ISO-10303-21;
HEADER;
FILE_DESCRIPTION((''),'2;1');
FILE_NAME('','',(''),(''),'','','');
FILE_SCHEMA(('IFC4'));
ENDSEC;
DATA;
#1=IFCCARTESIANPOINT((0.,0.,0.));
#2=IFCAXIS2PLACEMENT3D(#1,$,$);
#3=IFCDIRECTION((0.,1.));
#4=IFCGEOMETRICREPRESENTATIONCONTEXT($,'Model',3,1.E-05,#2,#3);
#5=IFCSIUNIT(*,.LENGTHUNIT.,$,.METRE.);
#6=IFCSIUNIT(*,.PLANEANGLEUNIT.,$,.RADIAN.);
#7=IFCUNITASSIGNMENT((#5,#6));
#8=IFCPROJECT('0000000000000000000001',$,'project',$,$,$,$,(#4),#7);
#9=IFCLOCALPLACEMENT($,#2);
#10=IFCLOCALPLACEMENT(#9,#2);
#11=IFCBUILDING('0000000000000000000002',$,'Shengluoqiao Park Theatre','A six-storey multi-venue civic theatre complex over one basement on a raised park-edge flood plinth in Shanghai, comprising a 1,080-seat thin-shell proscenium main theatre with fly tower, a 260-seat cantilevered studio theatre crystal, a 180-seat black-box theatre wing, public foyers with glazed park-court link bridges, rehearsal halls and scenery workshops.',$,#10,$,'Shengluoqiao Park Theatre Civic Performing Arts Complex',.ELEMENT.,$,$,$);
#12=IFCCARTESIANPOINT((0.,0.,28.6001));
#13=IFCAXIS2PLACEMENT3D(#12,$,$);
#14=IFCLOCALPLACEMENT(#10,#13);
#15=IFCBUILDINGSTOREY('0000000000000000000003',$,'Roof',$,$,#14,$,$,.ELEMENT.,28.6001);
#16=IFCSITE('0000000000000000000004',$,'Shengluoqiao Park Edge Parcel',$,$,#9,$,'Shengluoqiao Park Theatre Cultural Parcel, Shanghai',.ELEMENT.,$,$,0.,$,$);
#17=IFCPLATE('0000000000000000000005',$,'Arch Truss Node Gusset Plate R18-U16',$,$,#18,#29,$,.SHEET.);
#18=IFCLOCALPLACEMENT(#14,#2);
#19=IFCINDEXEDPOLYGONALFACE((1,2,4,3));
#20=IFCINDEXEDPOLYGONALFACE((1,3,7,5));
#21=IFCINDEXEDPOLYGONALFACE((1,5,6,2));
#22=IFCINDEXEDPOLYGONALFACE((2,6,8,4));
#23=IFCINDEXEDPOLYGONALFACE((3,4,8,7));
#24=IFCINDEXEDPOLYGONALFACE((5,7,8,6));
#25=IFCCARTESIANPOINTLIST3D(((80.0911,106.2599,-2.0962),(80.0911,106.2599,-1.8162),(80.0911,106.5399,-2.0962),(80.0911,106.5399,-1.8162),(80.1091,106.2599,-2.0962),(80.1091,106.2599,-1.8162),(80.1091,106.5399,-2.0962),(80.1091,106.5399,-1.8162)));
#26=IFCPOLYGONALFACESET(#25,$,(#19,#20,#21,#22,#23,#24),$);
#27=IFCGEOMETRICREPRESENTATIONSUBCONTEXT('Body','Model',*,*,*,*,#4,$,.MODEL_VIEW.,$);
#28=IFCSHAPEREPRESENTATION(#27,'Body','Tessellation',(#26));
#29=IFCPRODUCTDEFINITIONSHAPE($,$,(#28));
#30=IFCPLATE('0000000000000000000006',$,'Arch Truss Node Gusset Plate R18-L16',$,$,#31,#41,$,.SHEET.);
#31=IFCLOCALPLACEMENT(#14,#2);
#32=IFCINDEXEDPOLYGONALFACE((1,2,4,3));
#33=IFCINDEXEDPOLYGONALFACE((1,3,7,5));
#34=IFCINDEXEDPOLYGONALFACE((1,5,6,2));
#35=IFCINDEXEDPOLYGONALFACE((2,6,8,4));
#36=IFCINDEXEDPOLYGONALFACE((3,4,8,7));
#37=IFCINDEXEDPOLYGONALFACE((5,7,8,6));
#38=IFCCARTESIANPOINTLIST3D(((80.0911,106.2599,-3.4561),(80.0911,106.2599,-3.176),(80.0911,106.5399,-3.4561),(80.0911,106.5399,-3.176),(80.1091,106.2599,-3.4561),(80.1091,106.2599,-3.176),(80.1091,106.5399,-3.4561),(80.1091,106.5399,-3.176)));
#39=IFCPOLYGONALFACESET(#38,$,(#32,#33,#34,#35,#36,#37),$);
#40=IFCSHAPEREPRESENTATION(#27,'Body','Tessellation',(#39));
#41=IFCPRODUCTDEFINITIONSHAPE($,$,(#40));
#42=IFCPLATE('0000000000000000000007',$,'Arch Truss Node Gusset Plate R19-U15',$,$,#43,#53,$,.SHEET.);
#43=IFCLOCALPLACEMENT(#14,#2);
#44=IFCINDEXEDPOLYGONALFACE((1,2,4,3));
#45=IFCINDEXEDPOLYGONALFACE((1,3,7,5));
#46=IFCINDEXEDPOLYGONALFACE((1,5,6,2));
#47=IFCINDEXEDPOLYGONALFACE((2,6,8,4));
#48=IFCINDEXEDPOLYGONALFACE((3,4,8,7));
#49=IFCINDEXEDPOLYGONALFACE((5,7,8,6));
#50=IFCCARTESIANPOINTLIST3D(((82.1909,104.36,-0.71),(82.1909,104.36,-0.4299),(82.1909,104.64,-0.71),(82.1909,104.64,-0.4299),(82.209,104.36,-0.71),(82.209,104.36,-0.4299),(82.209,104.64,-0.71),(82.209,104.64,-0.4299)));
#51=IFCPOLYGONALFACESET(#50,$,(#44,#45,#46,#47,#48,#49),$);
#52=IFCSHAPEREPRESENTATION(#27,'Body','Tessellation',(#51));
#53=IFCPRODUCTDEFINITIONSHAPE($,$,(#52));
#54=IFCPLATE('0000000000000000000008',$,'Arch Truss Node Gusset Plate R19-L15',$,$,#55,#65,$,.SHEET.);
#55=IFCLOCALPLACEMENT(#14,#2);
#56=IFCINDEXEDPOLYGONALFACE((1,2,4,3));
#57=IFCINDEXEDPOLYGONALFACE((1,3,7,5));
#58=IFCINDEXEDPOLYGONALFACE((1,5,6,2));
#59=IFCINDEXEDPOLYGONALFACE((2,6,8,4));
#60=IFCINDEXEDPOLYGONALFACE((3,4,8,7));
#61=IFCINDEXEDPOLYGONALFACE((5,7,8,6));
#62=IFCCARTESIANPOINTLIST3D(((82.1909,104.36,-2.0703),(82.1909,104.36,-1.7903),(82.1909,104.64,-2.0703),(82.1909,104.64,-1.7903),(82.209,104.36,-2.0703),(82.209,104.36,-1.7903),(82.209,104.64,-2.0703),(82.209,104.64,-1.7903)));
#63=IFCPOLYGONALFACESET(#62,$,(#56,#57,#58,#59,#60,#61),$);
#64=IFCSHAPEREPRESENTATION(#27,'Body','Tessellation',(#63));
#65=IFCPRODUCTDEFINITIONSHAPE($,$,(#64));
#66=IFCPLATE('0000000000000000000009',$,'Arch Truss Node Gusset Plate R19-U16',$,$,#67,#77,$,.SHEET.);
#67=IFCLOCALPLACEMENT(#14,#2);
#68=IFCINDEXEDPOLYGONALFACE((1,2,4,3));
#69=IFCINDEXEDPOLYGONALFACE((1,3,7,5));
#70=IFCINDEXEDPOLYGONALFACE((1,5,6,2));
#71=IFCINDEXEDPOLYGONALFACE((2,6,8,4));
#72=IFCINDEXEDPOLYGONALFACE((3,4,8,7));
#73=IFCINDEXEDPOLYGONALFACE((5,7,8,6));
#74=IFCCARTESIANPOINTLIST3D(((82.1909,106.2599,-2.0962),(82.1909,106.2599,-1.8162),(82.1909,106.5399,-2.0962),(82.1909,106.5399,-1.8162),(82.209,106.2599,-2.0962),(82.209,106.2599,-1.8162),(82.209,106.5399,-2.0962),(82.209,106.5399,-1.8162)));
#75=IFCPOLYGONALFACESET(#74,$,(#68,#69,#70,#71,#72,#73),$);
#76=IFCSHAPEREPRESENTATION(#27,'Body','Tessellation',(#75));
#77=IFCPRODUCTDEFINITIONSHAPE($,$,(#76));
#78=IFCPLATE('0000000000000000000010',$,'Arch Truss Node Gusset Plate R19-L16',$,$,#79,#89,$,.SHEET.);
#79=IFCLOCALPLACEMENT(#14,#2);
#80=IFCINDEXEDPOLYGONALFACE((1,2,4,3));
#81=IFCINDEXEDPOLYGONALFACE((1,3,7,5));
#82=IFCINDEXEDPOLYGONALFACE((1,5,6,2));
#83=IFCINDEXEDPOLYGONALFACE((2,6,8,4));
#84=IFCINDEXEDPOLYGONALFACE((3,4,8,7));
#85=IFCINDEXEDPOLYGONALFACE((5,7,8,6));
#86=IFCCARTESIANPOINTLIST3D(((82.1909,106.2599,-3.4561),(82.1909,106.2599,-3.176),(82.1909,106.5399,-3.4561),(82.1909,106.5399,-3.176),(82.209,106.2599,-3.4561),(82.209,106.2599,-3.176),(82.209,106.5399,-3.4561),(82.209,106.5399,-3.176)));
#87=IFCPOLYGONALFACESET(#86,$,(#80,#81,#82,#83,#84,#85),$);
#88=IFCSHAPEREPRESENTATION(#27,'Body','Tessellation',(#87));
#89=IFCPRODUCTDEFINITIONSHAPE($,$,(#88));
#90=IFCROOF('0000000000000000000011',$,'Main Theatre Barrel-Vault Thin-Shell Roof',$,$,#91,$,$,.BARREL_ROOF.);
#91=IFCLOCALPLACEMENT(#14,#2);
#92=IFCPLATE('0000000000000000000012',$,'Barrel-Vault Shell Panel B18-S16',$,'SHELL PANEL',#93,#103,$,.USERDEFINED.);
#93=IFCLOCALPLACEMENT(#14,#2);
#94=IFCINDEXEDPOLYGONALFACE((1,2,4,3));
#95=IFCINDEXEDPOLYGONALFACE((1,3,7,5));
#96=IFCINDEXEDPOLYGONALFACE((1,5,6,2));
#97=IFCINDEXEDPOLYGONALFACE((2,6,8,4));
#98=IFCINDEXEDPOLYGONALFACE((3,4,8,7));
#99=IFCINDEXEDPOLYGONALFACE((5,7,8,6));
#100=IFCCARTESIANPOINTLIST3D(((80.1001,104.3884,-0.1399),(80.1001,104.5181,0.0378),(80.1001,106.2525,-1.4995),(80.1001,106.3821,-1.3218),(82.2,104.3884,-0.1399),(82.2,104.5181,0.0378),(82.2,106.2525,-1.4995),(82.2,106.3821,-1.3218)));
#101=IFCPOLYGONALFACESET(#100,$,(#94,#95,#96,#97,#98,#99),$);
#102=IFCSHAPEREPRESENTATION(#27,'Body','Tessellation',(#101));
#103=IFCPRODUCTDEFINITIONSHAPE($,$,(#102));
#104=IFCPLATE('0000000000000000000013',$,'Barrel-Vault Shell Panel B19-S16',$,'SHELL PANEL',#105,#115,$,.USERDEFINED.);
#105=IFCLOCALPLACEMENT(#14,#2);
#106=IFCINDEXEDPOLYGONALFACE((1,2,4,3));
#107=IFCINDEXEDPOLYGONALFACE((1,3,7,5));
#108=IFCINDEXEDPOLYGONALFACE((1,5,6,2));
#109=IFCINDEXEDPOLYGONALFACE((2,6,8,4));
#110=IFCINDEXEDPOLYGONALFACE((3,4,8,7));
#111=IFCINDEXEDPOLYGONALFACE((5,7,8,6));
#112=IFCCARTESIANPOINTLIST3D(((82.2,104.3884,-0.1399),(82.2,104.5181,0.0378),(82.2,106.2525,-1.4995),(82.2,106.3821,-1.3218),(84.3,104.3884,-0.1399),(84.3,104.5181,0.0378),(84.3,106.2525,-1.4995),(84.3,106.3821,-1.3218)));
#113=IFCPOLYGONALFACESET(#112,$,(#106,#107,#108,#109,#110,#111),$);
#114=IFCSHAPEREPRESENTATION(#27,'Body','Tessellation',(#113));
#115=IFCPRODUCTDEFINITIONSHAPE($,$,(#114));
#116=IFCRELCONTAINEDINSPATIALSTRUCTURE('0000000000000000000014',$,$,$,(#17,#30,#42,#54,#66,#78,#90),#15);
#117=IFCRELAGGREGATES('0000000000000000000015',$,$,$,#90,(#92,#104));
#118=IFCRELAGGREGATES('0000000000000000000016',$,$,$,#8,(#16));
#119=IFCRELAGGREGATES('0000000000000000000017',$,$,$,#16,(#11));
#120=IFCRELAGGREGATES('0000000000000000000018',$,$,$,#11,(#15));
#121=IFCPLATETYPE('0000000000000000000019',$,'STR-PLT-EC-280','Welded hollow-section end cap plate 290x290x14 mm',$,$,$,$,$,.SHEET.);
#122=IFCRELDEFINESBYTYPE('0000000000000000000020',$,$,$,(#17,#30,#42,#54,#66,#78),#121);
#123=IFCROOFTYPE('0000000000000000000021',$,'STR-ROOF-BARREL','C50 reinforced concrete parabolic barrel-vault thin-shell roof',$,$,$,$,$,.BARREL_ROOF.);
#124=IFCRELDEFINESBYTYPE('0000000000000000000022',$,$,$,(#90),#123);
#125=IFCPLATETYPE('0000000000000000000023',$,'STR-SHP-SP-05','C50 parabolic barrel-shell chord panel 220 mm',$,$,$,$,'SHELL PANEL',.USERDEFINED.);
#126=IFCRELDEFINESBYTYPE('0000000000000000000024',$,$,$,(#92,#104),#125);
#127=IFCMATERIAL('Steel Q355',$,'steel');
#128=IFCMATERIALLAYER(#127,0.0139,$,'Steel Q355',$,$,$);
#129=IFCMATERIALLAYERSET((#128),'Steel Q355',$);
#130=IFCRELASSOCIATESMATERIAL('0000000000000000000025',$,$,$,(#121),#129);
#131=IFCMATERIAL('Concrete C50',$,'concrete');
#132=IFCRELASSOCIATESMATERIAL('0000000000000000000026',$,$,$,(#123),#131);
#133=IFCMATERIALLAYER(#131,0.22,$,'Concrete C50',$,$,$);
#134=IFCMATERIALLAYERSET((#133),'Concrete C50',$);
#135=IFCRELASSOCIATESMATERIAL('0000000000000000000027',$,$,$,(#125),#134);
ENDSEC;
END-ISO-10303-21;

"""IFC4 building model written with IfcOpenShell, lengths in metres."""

from ifc_helpers import new_model, si_unit, direction, frame, origin, origin_2d, place, context, subcontext, project, spatial, polyline, rectangle, outline, extrude, material, layer, layer_set, type_object, element, aggregate, save


model = new_model("IFC4")

# Units and contexts
model_context = context("Model", 3, precision=1e-05, world=origin(), true_north=direction((0.0, 1.0)))
body_context = subcontext(model_context, "Body", "Model", "MODEL_VIEW")
ifc_project = project(units=[si_unit("LENGTHUNIT", "METRE"), si_unit("PLANEANGLEUNIT", "RADIAN")], contexts=[model_context])

# Site, building, storey
site_placement = place(None, origin())
site = spatial("IfcSite", under=ifc_project, at=site_placement, Name="Shengluoqiao Park Edge Parcel", LongName="Shengluoqiao Park Theatre Cultural Parcel, Shanghai", CompositionType="ELEMENT", RefElevation=0.0)
building_placement = place(site_placement, origin())
building = spatial("IfcBuilding", under=site, at=building_placement, Name="Shengluoqiao Park Theatre", Description="A six-storey multi-venue civic theatre complex over one basement on a raised park-edge flood plinth in Shanghai, comprising a 1,080-seat thin-shell proscenium main theatre with fly tower, a 260-seat cantilevered studio theatre crystal, a 180-seat black-box theatre wing, public foyers with glazed park-court link bridges, rehearsal halls and scenery workshops.", LongName="Shengluoqiao Park Theatre Civic Performing Arts Complex", CompositionType="ELEMENT")
storey_placement = place(building_placement, frame((0.0, 0.0, 28.6001)))
storey = spatial("IfcBuildingStorey", under=building, at=storey_placement, Name="Roof", CompositionType="ELEMENT", Elevation=28.6001)

# Shared definitions
ifc_material_1 = material(Name="Concrete C50", Category="concrete")
ifc_material_2 = material(Name="Steel Q355", Category="steel")

# Plates
ifc_layer_1 = layer(ifc_material_2, 0.0139, Name="Steel Q355")
ifc_layer_set_1 = layer_set([ifc_layer_1], Name="Steel Q355")
plate_type_1 = type_object("IfcPlateType", Name="STR-PLT-EC-280", Description="Welded hollow-section end cap plate 290x290x14 mm", PredefinedType="SHEET", material=ifc_layer_set_1)
for number, where, z_axis, x_axis, name in (
    (1, (80.1001, 106.3999, -2.0962), (0.0, 0.0, 1.0), (1.0, 0.0, 0.0), "Arch Truss Node Gusset Plate R18-U16"),
    (2, (80.1001, 106.3999, -3.4561), (0.0, 0.0, 1.0), (1.0, 0.0, 0.0), "Arch Truss Node Gusset Plate R18-L16"),
    (3, (82.2, 104.5, -0.71), (0.0, 0.0, 1.0), (1.0, 0.0, 0.0), "Arch Truss Node Gusset Plate R19-U15"),
    (4, (82.2, 104.5, -2.0703), (0.0, 0.0, 1.0), (1.0, 0.0, 0.0), "Arch Truss Node Gusset Plate R19-L15"),
    (5, (82.2, 106.3999, -2.0962), (0.0, 0.0, 1.0), (1.0, 0.0, 0.0), "Arch Truss Node Gusset Plate R19-U16"),
    (6, (82.2, 106.3999, -3.4561), (0.0, 0.0, 1.0), (1.0, 0.0, 0.0), "Arch Truss Node Gusset Plate R19-L16"),
):
    element("IfcPlate", number, at=place(storey_placement, frame(where, z_axis=z_axis, x_axis=x_axis)), inside=storey, type_object=plate_type_1, Name=name, PredefinedType="SHEET", context=body_context, shape_type="SweptSolid", body=[
        extrude(rectangle(XDim=0.0181, YDim=0.28, at=origin_2d()), origin(), (0.0, 0.0, 1.0), 0.28),
    ])

# Roof, plates
roof_type = type_object("IfcRoofType", Name="STR-ROOF-BARREL", Description="C50 reinforced concrete parabolic barrel-vault thin-shell roof", PredefinedType="BARREL_ROOF", material=ifc_material_1)
roof_placement = place(storey_placement, origin())
roof = element("IfcRoof", 7, at=roof_placement, inside=storey, type_object=roof_type, Name="Main Theatre Barrel-Vault Thin-Shell Roof", PredefinedType="BARREL_ROOF")
ifc_layer_2 = layer(ifc_material_1, 0.22, Name="Concrete C50")
ifc_layer_set_2 = layer_set([ifc_layer_2], Name="Concrete C50")
plate_type_2 = type_object("IfcPlateType", Name="STR-SHP-SP-05", Description="C50 parabolic barrel-shell chord panel 220 mm", ElementType="SHELL PANEL", PredefinedType="USERDEFINED", material=ifc_layer_set_2)
plate_1_placement = place(storey_placement, frame((80.1001, 104.5181, 0.0378), z_axis=(0.0, 0.589297, 0.807916), x_axis=(1.0, 0.0, 0.0)))
plate_1 = element("IfcPlate", 8, at=plate_1_placement, type_object=plate_type_2, Name="Barrel-Vault Shell Panel B18-S16", ObjectType="SHELL PANEL", PredefinedType="USERDEFINED", context=body_context, shape_type="SweptSolid", body=[
    extrude(outline(polyline([(0.0, 0.0), (2.0999, 0.0), (2.0999, 2.3072), (0.0, 2.3072), (0.0, 0.0)])), origin(), (0.0, 0.0, -1.0), 0.22),
])
plate_2_placement = place(storey_placement, frame((82.2, 104.5181, 0.0378), z_axis=(0.0, 0.589297, 0.807916), x_axis=(1.0, 0.0, 0.0)))
plate_2 = element("IfcPlate", 9, at=plate_2_placement, type_object=plate_type_2, Name="Barrel-Vault Shell Panel B19-S16", ObjectType="SHELL PANEL", PredefinedType="USERDEFINED", context=body_context, shape_type="SweptSolid", body=[
    extrude(outline(polyline([(0.0, 0.0), (2.1001, 0.0), (2.1001, 2.3072), (0.0, 2.3072), (0.0, 0.0)])), origin(), (0.0, 0.0, -1.0), 0.22),
])
aggregate(roof, [plate_1, plate_2])

save(model, "model.ifc")
